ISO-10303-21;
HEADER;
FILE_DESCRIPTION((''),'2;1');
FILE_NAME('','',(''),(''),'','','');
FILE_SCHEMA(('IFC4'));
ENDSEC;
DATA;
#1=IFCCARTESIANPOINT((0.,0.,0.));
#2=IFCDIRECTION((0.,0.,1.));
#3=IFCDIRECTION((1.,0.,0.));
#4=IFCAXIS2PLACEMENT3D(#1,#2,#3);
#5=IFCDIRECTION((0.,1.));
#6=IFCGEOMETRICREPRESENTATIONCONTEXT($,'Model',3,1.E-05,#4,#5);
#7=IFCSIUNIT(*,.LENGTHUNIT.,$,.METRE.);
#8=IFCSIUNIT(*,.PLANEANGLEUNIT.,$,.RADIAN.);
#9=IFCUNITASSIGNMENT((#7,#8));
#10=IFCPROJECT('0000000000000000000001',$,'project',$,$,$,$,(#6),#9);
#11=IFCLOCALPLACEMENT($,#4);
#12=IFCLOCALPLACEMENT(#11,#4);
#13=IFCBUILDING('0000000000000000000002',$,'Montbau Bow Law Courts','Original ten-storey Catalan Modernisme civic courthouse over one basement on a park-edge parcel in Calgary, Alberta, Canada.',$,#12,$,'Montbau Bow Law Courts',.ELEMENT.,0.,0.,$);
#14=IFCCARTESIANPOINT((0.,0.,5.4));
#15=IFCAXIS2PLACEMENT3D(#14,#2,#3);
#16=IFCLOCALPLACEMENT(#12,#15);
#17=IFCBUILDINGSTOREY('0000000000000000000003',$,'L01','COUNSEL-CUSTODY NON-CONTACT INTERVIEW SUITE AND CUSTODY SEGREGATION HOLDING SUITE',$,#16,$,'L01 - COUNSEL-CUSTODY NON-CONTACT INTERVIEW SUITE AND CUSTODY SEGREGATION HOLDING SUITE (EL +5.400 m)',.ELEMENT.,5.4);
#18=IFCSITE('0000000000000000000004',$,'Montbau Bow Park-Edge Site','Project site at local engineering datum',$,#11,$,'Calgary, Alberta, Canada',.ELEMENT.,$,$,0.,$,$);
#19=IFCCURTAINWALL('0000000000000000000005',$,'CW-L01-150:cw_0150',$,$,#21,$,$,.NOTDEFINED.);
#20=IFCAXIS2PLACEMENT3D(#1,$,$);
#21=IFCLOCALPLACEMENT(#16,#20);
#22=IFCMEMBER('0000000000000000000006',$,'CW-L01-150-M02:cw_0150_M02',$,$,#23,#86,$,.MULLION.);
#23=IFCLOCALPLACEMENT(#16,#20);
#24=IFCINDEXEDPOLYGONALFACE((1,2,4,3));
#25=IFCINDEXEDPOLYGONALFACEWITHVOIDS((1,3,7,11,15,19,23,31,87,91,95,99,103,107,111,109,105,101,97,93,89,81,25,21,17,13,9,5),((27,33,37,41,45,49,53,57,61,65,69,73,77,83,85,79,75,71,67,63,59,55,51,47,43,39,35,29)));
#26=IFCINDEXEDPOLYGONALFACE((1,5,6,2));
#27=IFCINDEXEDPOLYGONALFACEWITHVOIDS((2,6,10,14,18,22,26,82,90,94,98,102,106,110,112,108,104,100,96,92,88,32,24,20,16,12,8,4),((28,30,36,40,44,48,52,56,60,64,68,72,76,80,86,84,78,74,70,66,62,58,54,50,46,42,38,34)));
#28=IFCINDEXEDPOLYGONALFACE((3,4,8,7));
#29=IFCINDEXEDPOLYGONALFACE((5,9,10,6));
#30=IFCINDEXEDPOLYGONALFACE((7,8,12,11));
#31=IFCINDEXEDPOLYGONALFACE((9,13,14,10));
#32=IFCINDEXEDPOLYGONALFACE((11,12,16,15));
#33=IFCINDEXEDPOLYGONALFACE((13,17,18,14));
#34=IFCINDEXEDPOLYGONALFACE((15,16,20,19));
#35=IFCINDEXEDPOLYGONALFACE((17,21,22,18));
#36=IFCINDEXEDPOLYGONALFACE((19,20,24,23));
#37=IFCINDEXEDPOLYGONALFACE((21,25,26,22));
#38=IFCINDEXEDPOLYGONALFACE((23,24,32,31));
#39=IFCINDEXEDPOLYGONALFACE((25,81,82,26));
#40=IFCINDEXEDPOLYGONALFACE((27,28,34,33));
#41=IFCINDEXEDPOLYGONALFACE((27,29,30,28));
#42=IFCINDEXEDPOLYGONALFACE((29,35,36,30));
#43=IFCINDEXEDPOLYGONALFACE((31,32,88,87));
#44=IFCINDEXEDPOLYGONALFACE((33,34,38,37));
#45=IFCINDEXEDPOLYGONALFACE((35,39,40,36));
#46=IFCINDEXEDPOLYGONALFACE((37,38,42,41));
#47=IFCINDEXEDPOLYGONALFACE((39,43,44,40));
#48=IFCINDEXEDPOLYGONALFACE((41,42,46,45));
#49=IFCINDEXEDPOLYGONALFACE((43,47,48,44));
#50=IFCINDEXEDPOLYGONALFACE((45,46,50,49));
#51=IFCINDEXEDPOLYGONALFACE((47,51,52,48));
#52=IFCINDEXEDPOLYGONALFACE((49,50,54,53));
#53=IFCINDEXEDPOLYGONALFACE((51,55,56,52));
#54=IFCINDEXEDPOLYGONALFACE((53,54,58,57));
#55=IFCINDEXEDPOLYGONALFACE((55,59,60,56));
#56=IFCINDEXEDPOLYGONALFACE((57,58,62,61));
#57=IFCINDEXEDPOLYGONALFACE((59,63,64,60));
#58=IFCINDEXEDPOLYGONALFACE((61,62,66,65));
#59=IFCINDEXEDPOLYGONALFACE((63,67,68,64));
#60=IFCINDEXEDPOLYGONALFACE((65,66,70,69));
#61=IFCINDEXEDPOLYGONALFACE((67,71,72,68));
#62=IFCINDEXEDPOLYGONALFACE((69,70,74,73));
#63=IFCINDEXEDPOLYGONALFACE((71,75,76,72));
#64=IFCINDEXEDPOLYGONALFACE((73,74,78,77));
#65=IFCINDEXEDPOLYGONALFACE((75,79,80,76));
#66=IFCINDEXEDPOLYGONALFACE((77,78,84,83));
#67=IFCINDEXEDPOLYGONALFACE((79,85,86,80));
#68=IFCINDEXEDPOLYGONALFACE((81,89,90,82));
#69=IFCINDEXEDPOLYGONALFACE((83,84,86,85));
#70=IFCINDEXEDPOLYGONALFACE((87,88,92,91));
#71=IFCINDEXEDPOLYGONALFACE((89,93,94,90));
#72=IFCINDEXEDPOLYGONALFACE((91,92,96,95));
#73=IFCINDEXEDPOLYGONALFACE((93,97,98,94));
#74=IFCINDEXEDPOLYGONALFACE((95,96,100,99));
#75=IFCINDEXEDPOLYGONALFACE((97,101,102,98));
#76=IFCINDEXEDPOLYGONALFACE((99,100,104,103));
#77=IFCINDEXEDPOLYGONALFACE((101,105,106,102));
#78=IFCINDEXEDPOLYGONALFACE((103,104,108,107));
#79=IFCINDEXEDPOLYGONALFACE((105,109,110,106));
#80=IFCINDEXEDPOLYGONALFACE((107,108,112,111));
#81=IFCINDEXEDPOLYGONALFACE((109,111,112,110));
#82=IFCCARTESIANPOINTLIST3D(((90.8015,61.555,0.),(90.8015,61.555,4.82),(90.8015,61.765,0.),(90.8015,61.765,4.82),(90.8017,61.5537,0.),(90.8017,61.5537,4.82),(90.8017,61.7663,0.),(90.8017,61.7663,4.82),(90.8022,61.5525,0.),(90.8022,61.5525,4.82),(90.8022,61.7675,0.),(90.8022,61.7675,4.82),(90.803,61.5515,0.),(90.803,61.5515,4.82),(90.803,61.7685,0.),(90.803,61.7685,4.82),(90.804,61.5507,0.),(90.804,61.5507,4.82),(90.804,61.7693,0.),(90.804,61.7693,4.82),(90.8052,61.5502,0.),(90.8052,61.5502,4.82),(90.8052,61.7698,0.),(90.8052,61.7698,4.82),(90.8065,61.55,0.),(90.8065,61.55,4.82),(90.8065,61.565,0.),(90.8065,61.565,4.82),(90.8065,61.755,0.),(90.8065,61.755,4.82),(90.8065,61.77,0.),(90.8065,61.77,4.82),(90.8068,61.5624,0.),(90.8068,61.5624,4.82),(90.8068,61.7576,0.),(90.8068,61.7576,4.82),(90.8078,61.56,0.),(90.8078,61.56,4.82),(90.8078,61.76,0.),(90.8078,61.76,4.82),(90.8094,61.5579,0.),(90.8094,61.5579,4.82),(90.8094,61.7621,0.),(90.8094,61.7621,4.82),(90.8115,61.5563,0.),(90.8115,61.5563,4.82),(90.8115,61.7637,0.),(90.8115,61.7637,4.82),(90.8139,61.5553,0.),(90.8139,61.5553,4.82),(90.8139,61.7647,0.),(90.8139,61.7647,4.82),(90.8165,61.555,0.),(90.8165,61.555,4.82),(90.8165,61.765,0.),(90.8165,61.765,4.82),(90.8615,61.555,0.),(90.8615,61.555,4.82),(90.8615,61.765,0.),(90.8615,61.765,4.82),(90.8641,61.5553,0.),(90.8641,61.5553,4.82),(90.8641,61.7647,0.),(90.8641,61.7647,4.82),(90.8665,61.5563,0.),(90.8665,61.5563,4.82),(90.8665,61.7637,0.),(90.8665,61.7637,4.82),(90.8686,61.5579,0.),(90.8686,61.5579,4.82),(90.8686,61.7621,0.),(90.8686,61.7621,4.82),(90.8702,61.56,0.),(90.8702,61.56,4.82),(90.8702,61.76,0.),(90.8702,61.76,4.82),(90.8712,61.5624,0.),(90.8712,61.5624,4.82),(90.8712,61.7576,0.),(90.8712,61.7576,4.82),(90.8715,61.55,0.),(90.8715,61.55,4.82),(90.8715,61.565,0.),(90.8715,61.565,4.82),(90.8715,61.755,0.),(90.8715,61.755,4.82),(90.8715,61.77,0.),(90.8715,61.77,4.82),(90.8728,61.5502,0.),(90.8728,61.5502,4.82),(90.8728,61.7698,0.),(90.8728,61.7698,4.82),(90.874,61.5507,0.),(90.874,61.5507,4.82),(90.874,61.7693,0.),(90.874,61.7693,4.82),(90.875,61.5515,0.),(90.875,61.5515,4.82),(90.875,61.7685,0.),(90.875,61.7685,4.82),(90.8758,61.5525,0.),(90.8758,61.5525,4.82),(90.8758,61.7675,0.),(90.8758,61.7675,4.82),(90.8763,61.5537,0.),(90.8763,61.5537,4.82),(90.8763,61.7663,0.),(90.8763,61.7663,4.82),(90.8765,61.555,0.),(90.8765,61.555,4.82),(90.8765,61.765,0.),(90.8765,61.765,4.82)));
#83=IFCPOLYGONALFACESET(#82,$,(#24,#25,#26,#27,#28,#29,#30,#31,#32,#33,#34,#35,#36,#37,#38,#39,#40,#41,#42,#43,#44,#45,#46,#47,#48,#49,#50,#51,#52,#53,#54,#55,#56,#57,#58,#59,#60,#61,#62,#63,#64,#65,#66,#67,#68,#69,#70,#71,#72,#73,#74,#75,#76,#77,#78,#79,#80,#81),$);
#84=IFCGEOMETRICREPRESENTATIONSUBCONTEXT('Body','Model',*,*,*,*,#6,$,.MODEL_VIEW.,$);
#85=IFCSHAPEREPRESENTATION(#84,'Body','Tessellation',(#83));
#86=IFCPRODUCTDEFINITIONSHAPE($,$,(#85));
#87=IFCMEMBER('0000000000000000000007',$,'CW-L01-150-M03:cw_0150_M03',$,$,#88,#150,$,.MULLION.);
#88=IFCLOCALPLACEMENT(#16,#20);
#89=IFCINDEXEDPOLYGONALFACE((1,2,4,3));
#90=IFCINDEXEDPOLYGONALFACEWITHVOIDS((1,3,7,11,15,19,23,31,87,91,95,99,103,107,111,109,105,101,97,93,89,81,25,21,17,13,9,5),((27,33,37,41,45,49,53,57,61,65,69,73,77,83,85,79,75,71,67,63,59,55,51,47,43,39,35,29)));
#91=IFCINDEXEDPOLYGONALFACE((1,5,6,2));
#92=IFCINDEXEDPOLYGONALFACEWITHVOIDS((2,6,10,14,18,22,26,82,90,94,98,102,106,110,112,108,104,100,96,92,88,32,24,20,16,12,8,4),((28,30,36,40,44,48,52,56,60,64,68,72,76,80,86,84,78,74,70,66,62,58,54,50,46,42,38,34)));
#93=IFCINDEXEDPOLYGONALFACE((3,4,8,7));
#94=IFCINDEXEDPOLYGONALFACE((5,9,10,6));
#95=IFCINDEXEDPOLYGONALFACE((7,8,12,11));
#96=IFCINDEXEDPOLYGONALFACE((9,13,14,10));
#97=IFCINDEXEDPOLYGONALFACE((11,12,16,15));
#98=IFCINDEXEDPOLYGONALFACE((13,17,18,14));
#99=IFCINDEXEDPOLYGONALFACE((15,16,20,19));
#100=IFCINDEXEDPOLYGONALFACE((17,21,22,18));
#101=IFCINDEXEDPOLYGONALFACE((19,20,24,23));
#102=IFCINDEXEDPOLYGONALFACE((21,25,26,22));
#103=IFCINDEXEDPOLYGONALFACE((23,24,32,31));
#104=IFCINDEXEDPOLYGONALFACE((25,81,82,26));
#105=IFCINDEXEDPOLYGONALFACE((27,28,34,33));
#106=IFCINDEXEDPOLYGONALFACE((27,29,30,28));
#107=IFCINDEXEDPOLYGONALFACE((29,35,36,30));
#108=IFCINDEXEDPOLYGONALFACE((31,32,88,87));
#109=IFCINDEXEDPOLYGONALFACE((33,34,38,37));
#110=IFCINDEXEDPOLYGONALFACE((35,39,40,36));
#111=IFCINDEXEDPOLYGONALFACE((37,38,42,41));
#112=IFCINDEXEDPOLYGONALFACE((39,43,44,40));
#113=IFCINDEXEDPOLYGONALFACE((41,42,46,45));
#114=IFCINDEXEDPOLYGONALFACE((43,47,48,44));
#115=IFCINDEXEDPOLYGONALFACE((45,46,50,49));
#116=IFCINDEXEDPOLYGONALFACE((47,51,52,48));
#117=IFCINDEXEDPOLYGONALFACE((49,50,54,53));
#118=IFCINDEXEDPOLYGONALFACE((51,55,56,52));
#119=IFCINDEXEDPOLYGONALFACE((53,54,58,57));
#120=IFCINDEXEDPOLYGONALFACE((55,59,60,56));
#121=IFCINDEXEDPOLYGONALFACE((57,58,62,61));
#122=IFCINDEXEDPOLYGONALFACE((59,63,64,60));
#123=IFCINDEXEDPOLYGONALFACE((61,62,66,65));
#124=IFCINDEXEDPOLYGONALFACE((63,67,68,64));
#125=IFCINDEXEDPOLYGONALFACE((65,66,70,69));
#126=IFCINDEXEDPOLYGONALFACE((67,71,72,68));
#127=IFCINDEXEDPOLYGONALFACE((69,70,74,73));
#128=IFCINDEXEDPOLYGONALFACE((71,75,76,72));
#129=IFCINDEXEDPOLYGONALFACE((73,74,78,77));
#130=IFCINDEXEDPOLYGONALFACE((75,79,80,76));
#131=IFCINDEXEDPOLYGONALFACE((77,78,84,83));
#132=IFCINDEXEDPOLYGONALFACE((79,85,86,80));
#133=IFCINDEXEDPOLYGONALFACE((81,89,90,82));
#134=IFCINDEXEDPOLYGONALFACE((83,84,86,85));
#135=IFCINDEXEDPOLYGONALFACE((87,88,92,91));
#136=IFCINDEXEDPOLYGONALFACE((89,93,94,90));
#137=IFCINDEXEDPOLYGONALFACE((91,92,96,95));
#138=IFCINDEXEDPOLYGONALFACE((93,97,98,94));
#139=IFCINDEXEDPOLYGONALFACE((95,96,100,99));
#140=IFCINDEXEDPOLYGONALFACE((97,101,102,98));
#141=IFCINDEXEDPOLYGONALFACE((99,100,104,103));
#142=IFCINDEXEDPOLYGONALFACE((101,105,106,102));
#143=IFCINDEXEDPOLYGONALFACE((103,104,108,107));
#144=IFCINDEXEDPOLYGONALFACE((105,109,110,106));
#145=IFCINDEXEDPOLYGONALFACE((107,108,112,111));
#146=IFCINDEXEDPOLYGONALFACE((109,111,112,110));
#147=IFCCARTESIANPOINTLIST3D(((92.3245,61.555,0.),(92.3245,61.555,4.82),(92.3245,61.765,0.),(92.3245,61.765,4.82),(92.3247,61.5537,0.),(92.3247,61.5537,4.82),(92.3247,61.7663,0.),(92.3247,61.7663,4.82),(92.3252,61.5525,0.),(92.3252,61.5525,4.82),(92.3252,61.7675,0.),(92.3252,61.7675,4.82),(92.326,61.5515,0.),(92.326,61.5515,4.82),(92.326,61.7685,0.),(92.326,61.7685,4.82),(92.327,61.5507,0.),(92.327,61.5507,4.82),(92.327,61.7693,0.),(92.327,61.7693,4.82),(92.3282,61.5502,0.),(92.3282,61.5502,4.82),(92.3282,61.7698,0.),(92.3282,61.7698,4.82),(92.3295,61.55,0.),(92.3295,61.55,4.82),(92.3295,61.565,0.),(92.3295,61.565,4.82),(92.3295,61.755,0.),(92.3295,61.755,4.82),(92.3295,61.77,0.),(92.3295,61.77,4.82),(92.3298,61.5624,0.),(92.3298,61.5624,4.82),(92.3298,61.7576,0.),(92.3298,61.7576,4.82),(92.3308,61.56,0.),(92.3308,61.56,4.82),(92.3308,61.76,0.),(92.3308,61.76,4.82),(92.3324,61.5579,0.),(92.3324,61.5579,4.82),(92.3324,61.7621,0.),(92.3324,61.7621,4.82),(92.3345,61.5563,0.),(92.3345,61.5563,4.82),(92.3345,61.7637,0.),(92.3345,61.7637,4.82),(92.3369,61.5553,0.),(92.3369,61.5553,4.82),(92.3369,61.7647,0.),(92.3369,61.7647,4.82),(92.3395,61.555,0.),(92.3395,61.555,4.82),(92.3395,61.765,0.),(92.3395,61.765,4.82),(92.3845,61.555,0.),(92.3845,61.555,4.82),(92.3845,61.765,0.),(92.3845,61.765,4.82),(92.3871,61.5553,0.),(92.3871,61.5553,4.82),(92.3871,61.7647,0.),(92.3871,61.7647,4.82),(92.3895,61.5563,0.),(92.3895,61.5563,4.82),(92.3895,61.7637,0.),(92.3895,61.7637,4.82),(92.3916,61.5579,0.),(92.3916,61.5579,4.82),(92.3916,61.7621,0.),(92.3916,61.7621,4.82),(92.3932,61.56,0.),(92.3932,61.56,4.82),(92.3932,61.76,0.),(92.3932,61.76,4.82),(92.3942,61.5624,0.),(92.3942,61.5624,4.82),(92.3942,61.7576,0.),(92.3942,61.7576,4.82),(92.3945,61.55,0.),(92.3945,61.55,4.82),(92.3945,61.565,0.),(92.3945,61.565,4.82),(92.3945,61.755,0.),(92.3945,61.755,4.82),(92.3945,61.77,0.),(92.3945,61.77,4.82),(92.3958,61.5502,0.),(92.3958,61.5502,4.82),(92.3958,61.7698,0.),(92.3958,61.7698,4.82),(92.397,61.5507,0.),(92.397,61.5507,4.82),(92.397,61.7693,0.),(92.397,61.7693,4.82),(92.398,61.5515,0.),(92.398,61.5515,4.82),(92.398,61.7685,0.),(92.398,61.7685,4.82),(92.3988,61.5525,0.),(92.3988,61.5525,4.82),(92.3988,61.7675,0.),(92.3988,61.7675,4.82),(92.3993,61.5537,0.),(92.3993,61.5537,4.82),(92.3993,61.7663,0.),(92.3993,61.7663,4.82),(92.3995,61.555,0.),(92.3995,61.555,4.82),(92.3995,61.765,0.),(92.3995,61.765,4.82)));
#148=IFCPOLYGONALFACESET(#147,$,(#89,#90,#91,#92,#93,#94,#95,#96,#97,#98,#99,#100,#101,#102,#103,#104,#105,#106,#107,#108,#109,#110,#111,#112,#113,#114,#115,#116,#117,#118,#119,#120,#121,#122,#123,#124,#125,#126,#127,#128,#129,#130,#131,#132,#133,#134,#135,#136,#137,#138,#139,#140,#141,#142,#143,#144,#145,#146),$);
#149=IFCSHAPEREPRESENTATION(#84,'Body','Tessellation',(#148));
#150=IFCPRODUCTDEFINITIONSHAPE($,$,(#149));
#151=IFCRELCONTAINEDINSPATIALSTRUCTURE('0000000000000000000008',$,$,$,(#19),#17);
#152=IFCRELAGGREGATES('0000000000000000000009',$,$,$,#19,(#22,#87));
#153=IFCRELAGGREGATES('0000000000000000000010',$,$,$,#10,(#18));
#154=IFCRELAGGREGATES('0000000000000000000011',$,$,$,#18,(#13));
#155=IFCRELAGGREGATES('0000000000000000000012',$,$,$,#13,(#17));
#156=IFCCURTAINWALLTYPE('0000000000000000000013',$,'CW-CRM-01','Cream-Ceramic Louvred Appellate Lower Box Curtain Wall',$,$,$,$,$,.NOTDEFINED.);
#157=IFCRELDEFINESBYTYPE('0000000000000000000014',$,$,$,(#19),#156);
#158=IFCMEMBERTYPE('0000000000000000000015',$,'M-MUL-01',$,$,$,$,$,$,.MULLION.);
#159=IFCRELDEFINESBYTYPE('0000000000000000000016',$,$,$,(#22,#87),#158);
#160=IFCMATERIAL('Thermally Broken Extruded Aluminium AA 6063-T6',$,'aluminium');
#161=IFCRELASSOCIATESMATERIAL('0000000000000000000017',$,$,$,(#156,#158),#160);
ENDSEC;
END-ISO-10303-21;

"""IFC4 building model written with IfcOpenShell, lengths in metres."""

from ifc_helpers import new_model, si_unit, direction, frame, origin_with_axes, origin_2d_with_axis, place, context, subcontext, project, spatial, hollow_rectangle, extrude, material, material_profile, profile_set, type_object, element, aggregate, save


model = new_model("IFC4")

# Units and contexts
model_context = context("Model", 3, precision=1e-05, world=origin_with_axes(), true_north=direction((0.0, 1.0)))
body_context = subcontext(model_context, "Body", "Model", "MODEL_VIEW")
ifc_project = project(units=[si_unit("LENGTHUNIT", "METRE"), si_unit("PLANEANGLEUNIT", "RADIAN")], contexts=[model_context])

# Site, building, storey
site_placement = place(None, origin_with_axes())
site = spatial("IfcSite", under=ifc_project, at=site_placement, Name="Montbau Bow Park-Edge Site", Description="Project site at local engineering datum", LongName="Calgary, Alberta, Canada", CompositionType="ELEMENT", RefElevation=0.0)
building_placement = place(site_placement, origin_with_axes())
building = spatial("IfcBuilding", under=site, at=building_placement, Name="Montbau Bow Law Courts", Description="Original ten-storey Catalan Modernisme civic courthouse over one basement on a park-edge parcel in Calgary, Alberta, Canada.", LongName="Montbau Bow Law Courts", CompositionType="ELEMENT", ElevationOfRefHeight=0.0, ElevationOfTerrain=0.0)
storey_placement = place(building_placement, frame((0.0, 0.0, 5.4), z_axis=(0.0, 0.0, 1.0), x_axis=(1.0, 0.0, 0.0)))
storey = spatial("IfcBuildingStorey", under=building, at=storey_placement, Name="L01", Description="COUNSEL-CUSTODY NON-CONTACT INTERVIEW SUITE AND CUSTODY SEGREGATION HOLDING SUITE", LongName="L01 - COUNSEL-CUSTODY NON-CONTACT INTERVIEW SUITE AND CUSTODY SEGREGATION HOLDING SUITE (EL +5.400 m)", CompositionType="ELEMENT", Elevation=5.4)

# Curtain wall, members
ifc_material_1 = material(Name="Thermally Broken Extruded Aluminium AA 6063-T6", Category="aluminium")
curtain_wall_type = type_object("IfcCurtainWallType", Name="CW-CRM-01", Description="Cream-Ceramic Louvred Appellate Lower Box Curtain Wall", PredefinedType="NOTDEFINED", material=ifc_material_1)
curtain_wall_1_placement = place(None, frame((89.315, 61.66, 5.4), z_axis=(0.0, 0.0, 1.0), x_axis=(1.0, 0.0, 0.0)))
curtain_wall_1 = element("IfcCurtainWall", 1, at=curtain_wall_1_placement, inside=storey, type_object=curtain_wall_type, Name="CW-L01-150:cw_0150", PredefinedType="NOTDEFINED")
ifc_material_profile_1 = material_profile(ifc_material_1, hollow_rectangle(XDim=0.075, YDim=0.22, WallThickness=0.005, InnerFilletRadius=0.01, OuterFilletRadius=0.005, at=origin_2d_with_axis()), Name="CWM-220X75", Category="Main", Priority=0)
ifc_profile_set_1 = profile_set([ifc_material_profile_1], Name="Thermally Broken Extruded Aluminium AA 6063-T6")
member_type_1 = type_object("IfcMemberType", Name="M-MUL-01", PredefinedType="MULLION", material=ifc_profile_set_1)
member_1_placement = place(None, frame((90.839, 61.66, 5.4), z_axis=(0.0, 0.0, 1.0), x_axis=(1.0, 0.0, 0.0)))
member_1 = element("IfcMember", 2, at=member_1_placement, type_object=member_type_1, Name="CW-L01-150-M02:cw_0150_M02", PredefinedType="MULLION", context=body_context, shape_type="SweptSolid", body=[
    extrude(hollow_rectangle(XDim=0.075, YDim=0.22, WallThickness=0.005, InnerFilletRadius=0.01, OuterFilletRadius=0.005, at=origin_2d_with_axis()), origin_with_axes(), (0.0, 0.0, 1.0), 4.82),
])
member_2_placement = place(None, frame((92.362, 61.66, 5.4), z_axis=(0.0, 0.0, 1.0), x_axis=(1.0, 0.0, 0.0)))
member_2 = element("IfcMember", 3, at=member_2_placement, type_object=member_type_1, Name="CW-L01-150-M03:cw_0150_M03", PredefinedType="MULLION", context=body_context, shape_type="SweptSolid", body=[
    extrude(hollow_rectangle(XDim=0.075, YDim=0.22, WallThickness=0.005, InnerFilletRadius=0.01, OuterFilletRadius=0.005, at=origin_2d_with_axis()), origin_with_axes(), (0.0, 0.0, 1.0), 4.82),
])

aggregate(curtain_wall_1, [member_1, member_2])

save(model, "model.ifc")
